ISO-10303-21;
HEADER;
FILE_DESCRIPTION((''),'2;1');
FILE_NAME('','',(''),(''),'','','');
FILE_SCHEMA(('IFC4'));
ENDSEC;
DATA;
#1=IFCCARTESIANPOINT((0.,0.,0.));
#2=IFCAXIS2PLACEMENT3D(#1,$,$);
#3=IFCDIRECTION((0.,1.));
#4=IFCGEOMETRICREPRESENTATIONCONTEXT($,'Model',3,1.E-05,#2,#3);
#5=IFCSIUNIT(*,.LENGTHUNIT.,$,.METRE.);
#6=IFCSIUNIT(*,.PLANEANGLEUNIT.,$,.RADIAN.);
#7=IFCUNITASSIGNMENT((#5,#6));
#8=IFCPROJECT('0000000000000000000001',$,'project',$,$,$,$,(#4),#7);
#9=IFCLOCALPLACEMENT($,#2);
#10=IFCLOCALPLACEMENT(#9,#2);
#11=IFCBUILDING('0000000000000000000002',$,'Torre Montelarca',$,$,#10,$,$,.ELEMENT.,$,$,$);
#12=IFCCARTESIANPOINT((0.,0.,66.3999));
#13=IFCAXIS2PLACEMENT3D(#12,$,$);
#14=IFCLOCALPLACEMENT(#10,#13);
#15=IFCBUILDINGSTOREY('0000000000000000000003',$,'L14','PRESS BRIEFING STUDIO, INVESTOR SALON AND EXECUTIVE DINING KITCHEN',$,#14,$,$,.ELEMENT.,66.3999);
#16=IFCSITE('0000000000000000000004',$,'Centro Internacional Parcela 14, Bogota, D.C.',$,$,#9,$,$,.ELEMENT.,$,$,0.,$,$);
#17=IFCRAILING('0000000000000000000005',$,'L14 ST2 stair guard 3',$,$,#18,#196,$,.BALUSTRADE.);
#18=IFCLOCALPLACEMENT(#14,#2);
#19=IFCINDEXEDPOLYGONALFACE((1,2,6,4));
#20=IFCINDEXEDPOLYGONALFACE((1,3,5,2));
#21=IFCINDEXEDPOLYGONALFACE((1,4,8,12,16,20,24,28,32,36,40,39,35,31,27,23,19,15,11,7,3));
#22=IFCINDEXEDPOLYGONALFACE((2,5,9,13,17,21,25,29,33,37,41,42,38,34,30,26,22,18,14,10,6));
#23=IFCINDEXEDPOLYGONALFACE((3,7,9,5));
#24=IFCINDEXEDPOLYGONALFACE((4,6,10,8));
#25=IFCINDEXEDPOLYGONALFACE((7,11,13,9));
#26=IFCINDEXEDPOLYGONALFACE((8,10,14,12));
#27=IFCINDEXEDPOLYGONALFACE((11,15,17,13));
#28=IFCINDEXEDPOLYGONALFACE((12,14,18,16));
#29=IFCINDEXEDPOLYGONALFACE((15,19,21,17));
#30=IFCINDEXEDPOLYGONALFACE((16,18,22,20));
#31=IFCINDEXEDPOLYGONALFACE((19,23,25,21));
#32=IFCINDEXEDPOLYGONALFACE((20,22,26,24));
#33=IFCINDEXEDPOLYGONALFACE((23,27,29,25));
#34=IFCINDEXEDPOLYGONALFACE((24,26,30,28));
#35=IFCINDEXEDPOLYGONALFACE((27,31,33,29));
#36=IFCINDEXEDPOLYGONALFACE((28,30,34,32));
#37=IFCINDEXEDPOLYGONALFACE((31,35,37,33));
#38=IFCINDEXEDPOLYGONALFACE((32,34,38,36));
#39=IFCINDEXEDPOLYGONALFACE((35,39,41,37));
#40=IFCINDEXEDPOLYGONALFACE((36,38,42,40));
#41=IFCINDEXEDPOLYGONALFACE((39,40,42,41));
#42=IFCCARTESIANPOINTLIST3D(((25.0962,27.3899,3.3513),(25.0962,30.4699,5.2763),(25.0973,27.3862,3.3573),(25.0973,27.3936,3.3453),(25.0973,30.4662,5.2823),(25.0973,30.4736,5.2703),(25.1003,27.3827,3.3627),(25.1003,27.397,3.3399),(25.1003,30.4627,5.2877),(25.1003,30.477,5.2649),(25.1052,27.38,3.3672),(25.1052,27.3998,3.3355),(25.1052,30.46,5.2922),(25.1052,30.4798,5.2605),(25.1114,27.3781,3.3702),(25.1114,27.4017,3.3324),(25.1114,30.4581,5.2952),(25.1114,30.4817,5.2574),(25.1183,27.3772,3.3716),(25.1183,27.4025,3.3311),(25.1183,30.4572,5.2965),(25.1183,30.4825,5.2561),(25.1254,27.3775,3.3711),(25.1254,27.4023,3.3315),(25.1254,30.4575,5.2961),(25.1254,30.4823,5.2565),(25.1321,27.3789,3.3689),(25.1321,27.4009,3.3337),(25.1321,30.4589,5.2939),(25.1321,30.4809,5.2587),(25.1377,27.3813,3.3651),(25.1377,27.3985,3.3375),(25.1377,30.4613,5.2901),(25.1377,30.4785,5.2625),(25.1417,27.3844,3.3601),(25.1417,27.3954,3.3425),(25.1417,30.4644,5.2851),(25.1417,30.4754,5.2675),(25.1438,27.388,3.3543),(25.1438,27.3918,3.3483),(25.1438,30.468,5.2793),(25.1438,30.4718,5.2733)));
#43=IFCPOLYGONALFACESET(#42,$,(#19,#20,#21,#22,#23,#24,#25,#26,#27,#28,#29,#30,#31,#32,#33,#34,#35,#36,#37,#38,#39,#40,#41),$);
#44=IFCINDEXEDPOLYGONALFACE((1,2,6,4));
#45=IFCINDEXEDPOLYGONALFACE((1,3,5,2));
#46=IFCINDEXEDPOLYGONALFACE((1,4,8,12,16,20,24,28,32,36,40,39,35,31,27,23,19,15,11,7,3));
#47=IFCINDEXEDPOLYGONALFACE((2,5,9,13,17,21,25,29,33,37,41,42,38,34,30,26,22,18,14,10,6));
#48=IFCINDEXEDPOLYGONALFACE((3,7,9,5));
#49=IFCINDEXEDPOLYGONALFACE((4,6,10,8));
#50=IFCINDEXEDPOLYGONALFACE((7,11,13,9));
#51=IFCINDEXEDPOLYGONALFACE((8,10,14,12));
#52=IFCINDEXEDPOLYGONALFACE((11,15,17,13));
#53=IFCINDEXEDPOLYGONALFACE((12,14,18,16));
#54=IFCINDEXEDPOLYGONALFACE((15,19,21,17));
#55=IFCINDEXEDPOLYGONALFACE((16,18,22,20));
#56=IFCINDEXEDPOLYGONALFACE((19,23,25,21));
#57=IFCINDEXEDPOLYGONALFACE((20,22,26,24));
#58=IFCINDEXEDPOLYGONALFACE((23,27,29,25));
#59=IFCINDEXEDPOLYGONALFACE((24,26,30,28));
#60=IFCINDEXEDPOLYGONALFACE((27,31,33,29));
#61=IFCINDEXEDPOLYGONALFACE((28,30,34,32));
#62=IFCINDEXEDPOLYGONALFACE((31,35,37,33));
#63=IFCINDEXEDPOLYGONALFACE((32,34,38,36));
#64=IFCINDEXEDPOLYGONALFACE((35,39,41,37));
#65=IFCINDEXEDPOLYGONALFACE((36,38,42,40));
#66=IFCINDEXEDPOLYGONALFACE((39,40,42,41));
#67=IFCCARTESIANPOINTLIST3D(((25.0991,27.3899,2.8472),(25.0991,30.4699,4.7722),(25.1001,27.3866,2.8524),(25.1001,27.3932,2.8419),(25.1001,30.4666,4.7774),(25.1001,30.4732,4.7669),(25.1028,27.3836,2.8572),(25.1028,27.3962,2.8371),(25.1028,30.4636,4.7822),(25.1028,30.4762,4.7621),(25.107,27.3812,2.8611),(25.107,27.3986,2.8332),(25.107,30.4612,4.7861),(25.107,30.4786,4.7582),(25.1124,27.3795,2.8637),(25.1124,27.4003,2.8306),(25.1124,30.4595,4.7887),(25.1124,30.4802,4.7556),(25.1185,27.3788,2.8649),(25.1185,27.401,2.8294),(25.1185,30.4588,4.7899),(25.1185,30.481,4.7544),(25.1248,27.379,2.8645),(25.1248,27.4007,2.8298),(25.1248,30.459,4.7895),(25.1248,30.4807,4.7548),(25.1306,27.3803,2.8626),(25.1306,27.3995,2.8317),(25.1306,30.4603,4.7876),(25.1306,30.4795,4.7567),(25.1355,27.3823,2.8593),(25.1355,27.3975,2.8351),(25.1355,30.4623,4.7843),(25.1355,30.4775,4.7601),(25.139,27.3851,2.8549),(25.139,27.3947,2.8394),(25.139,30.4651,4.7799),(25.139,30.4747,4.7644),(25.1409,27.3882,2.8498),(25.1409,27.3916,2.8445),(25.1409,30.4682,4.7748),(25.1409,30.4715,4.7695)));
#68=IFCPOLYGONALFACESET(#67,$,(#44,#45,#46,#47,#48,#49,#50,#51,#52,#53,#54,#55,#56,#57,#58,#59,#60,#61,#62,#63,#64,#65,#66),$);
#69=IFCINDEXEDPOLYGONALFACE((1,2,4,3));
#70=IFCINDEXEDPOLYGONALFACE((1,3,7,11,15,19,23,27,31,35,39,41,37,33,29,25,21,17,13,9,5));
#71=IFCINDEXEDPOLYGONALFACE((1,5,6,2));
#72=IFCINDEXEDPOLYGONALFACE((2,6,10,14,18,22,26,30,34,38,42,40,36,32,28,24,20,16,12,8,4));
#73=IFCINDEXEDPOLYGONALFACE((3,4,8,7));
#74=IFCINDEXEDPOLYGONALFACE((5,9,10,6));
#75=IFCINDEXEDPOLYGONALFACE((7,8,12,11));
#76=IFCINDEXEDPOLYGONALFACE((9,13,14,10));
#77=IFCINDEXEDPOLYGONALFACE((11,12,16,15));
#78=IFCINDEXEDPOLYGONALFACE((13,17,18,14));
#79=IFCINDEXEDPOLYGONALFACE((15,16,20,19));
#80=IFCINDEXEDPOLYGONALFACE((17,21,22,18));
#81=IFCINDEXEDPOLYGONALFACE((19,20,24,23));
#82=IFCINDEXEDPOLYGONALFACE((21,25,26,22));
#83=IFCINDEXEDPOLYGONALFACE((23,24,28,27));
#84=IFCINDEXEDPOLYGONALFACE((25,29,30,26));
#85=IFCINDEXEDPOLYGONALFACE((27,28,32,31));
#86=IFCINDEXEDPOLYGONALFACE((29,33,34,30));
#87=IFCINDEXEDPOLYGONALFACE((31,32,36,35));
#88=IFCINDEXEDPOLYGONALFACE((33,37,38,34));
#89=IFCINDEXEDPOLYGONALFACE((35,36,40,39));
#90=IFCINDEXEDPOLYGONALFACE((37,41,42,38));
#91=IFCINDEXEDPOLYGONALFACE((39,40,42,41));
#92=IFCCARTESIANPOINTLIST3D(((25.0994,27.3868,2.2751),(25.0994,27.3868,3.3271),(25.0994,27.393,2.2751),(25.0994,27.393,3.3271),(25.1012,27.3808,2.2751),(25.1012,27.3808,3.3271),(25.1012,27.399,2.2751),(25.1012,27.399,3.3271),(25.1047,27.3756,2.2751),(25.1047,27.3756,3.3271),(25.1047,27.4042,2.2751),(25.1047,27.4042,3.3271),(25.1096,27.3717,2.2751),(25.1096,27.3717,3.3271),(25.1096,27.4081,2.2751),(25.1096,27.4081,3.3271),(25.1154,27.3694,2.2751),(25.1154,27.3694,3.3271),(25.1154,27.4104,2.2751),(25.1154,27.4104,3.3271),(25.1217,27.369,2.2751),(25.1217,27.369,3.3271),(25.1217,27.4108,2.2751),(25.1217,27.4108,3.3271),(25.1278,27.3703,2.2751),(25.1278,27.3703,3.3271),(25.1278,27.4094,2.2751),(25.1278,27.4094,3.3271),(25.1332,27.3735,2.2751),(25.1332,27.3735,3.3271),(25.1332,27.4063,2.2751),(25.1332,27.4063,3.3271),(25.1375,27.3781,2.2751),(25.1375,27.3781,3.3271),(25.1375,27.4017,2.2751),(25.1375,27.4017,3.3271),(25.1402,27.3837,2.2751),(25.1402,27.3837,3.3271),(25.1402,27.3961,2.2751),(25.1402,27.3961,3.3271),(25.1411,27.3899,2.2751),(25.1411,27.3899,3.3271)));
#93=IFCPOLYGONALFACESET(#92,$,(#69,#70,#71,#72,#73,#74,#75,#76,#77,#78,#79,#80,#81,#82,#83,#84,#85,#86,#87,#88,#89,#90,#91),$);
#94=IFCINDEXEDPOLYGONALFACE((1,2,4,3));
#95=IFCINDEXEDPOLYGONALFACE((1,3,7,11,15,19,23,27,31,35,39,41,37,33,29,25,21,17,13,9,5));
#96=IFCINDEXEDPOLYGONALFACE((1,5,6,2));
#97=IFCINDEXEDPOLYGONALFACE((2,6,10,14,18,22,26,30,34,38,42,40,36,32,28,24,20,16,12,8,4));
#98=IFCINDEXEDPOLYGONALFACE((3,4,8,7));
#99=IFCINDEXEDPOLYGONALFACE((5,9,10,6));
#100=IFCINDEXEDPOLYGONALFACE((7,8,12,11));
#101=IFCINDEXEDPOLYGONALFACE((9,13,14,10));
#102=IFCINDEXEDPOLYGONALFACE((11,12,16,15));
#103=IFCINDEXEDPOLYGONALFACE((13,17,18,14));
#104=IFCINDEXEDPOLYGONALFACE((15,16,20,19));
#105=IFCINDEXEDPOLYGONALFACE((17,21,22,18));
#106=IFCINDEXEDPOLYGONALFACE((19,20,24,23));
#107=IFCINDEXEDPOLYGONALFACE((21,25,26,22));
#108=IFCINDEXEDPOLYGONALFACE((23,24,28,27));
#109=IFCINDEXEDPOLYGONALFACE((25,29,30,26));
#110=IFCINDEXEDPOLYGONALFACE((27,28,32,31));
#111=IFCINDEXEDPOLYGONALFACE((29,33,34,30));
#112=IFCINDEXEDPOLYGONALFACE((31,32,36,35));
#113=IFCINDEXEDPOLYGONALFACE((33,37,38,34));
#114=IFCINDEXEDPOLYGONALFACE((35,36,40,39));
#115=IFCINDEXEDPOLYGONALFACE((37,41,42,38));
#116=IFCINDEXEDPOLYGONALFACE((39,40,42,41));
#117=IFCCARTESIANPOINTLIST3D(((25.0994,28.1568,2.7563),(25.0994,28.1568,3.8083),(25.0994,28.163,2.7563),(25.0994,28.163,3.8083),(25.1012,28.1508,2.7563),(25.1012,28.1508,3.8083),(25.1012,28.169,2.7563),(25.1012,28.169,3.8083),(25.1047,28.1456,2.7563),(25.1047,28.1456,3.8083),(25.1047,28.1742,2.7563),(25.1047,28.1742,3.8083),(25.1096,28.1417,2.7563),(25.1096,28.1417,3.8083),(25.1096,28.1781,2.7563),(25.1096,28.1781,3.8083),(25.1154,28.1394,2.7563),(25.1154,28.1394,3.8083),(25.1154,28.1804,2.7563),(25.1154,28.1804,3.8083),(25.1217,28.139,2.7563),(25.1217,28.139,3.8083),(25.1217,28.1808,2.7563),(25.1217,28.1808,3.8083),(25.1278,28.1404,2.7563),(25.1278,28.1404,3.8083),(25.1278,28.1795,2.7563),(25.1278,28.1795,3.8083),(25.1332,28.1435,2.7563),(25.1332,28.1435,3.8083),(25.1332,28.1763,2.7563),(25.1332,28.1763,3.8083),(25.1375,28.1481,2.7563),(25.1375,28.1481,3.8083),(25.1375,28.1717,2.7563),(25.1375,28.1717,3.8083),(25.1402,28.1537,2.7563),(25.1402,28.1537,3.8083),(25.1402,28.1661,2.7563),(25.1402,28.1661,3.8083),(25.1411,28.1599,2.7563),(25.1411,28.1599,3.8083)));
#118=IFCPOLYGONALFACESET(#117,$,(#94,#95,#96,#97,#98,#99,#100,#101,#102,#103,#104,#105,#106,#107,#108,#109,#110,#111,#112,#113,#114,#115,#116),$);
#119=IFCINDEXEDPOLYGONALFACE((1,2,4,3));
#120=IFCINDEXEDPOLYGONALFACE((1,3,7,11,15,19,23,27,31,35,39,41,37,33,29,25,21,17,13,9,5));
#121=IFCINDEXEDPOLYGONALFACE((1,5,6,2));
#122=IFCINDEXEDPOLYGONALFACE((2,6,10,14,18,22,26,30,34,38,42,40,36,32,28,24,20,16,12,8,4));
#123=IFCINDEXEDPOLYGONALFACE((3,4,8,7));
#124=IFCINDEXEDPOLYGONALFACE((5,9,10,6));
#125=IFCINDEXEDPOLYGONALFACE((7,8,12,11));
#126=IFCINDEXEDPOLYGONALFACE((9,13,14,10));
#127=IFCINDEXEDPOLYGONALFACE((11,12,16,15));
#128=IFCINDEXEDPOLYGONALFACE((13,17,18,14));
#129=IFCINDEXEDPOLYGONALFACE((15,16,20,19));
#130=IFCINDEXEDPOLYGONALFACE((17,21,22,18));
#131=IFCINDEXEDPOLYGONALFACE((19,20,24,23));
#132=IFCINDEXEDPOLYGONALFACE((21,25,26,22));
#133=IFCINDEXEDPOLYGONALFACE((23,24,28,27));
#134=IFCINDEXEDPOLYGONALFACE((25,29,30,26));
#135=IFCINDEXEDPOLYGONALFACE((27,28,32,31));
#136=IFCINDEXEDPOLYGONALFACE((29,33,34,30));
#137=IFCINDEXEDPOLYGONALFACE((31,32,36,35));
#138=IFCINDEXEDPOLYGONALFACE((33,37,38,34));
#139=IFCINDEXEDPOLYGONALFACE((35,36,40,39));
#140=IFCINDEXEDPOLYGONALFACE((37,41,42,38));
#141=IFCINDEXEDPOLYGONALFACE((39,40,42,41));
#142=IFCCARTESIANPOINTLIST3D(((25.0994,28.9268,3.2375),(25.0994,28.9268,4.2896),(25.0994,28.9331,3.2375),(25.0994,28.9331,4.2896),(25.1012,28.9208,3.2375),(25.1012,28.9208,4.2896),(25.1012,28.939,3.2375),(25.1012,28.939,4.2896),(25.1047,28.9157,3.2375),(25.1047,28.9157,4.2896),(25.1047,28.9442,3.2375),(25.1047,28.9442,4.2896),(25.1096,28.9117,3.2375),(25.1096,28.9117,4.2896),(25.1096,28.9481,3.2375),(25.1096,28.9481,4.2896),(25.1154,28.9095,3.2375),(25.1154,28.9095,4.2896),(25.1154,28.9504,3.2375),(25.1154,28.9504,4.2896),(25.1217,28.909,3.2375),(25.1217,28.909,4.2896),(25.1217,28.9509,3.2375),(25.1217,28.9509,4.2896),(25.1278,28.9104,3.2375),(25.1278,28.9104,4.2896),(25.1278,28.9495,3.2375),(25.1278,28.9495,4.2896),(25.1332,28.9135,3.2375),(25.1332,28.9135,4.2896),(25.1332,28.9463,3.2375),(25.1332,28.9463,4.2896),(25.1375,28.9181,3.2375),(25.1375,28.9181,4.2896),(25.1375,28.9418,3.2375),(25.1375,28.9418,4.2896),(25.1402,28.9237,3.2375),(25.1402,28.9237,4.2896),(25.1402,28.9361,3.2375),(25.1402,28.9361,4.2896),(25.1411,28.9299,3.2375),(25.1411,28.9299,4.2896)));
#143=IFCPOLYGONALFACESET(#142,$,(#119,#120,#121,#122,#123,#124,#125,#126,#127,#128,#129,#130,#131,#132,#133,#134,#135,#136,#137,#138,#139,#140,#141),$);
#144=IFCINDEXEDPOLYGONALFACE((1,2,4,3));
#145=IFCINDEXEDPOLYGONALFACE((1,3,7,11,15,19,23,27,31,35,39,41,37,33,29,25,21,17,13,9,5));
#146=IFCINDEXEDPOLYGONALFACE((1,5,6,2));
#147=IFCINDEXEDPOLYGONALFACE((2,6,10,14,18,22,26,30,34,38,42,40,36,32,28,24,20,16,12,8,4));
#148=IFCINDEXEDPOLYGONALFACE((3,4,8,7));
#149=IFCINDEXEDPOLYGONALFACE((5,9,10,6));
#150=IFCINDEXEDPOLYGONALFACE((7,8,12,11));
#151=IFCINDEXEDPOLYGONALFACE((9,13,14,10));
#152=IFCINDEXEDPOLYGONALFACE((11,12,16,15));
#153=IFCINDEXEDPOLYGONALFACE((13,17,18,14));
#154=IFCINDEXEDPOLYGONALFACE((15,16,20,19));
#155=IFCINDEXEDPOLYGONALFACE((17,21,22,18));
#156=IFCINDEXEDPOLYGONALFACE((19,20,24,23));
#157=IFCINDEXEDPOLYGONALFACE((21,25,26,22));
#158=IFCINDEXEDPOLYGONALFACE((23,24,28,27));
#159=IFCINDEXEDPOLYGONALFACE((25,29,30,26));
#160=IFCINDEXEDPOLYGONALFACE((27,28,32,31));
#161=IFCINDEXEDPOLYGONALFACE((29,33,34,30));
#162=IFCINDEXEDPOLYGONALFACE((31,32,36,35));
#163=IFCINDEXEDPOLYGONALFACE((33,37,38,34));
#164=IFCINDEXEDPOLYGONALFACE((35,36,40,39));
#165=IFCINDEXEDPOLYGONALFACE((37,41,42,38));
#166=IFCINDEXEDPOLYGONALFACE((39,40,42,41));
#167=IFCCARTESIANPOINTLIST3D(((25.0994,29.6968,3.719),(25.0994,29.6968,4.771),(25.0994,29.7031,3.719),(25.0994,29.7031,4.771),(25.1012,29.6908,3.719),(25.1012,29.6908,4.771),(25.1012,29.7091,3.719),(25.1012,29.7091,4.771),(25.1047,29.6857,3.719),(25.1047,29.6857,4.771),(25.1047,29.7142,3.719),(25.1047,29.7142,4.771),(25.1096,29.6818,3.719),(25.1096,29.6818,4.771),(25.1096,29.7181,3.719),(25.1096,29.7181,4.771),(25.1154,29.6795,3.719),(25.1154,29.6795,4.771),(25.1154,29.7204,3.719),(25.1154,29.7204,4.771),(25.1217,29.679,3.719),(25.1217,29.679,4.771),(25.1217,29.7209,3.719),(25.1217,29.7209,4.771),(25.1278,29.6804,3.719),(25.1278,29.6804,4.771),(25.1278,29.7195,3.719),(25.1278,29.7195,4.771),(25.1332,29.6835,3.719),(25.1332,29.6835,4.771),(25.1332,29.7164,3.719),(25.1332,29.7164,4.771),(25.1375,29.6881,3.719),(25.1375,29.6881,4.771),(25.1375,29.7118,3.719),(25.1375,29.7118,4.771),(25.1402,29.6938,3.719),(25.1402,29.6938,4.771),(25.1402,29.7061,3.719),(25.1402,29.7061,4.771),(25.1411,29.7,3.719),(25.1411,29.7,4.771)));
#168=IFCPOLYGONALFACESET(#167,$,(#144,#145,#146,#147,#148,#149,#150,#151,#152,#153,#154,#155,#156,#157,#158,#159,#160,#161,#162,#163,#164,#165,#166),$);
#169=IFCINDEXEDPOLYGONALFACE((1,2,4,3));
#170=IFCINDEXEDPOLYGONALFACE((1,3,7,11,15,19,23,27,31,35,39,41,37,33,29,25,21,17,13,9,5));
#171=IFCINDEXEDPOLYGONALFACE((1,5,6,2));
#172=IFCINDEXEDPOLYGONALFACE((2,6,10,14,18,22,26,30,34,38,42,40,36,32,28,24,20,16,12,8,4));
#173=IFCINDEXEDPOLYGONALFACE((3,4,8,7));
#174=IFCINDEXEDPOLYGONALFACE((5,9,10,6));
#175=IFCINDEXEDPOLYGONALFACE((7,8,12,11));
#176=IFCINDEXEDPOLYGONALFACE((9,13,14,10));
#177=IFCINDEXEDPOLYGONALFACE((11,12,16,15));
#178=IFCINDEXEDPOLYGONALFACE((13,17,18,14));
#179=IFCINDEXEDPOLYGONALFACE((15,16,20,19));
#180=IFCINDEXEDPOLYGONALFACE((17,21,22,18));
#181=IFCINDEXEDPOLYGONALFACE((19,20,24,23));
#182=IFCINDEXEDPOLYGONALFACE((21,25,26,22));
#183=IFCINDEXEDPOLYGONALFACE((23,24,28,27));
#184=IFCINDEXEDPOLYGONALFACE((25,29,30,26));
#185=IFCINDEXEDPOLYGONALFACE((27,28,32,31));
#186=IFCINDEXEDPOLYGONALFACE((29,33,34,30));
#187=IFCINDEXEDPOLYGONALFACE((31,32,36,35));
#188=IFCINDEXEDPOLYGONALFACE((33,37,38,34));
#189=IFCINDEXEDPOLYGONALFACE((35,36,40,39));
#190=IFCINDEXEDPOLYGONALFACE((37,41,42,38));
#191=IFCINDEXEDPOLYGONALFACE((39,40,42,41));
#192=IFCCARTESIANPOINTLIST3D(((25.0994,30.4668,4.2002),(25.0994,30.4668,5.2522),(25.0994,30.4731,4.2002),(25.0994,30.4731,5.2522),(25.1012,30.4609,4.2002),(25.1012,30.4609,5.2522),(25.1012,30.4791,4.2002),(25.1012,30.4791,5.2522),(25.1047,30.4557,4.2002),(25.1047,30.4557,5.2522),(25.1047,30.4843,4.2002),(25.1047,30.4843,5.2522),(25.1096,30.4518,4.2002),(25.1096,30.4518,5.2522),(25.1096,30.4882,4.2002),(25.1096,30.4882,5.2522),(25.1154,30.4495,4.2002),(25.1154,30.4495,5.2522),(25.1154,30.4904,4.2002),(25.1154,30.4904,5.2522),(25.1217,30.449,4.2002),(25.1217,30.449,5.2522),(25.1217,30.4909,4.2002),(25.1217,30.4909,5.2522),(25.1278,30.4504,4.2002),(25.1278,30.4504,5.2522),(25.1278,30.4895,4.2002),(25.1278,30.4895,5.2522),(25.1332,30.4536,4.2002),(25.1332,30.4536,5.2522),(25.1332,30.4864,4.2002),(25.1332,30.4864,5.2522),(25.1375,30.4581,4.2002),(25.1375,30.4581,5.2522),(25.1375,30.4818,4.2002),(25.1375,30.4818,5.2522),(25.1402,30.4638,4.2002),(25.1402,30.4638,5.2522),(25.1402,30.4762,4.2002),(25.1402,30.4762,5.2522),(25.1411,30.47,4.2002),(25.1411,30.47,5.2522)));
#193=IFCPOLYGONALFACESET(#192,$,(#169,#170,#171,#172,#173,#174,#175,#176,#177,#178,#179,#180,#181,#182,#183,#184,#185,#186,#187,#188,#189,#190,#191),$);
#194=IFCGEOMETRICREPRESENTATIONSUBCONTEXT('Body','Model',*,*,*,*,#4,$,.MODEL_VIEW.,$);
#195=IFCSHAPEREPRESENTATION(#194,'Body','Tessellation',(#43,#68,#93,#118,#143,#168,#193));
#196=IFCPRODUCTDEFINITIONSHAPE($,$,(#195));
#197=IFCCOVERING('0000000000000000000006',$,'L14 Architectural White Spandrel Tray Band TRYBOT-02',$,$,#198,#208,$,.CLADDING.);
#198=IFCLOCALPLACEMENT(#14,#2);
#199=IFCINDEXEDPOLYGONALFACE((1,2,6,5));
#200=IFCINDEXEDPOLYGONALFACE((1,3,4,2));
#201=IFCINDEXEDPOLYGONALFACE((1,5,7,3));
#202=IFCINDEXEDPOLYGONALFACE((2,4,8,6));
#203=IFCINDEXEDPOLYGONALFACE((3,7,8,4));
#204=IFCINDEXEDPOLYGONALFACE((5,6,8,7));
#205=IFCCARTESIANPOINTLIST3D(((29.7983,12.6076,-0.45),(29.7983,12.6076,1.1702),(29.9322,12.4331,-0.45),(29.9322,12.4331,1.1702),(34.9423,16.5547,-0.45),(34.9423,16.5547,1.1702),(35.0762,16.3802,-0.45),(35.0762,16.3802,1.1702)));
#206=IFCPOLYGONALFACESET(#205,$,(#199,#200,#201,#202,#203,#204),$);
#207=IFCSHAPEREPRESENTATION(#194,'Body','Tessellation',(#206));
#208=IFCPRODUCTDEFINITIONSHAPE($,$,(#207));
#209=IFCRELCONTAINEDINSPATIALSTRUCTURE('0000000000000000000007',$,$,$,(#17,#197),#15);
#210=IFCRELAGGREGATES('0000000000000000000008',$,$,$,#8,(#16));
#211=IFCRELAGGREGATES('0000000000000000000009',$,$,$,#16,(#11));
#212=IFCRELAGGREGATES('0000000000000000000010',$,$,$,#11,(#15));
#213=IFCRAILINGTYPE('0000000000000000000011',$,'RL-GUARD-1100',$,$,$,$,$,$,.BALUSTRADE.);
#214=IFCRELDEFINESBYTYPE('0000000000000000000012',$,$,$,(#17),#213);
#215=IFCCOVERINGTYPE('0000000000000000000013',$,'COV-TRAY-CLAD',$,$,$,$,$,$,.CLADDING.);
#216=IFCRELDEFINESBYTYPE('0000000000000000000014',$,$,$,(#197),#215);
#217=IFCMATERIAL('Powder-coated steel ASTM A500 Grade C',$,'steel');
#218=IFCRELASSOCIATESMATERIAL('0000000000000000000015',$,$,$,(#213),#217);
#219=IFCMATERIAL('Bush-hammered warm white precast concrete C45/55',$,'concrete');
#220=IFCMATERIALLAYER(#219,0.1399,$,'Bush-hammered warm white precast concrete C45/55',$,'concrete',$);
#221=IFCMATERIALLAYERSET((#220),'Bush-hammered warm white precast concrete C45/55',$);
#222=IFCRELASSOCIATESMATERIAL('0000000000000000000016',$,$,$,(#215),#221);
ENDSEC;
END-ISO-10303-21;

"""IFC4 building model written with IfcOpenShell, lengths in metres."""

from ifc_helpers import new_model, si_unit, direction, frame, origin, origin_2d, place, context, subcontext, project, spatial, rectangle, circle, extrude, source, transform, mapped, material, layer, layer_set, type_object, element, save


model = new_model("IFC4")

# Units and contexts
model_context = context("Model", 3, precision=1e-05, world=origin(), true_north=direction((0.0, 1.0)))
body_context = subcontext(model_context, "Body", "Model", "MODEL_VIEW")
ifc_project = project(units=[si_unit("LENGTHUNIT", "METRE"), si_unit("PLANEANGLEUNIT", "RADIAN")], contexts=[model_context])

# Site, building, storey
site_placement = place(None, origin())
site = spatial("IfcSite", under=ifc_project, at=site_placement, Name="Centro Internacional Parcela 14, Bogota, D.C.", CompositionType="ELEMENT", RefElevation=0.0)
building_placement = place(site_placement, origin())
building = spatial("IfcBuilding", under=site, at=building_placement, Name="Torre Montelarca", CompositionType="ELEMENT")
storey_placement = place(building_placement, frame((0.0, 0.0, 66.3999)))
storey = spatial("IfcBuildingStorey", under=building, at=storey_placement, Name="L14", Description="PRESS BRIEFING STUDIO, INVESTOR SALON AND EXECUTIVE DINING KITCHEN", CompositionType="ELEMENT", Elevation=66.3999)

# Railing
ifc_material_1 = material(Name="Powder-coated steel ASTM A500 Grade C", Category="steel")
railing_type = type_object("IfcRailingType", Name="RL-GUARD-1100", PredefinedType="BALUSTRADE", material=ifc_material_1)
railing_1_placement = place(storey_placement, frame((25.1201, 27.3899, 2.2751)))
element("IfcRailing", 1, at=railing_1_placement, inside=storey, type_object=railing_type, Name="L14 ST2 stair guard 3", PredefinedType="BALUSTRADE", context=body_context, shape_type="SweptSolid", body=[
    extrude(circle(Radius=0.0239, at=origin_2d()), frame((0.0, 0.0, 1.0762), z_axis=(0.0, 0.847998, 0.529999), x_axis=(-1.0, 0.0, 0.0)), (0.0, 0.0, 1.0), 3.6321),
    extrude(circle(Radius=0.021, at=origin_2d()), frame((0.0, 0.0, 0.572), z_axis=(0.0, 0.847998, 0.529999), x_axis=(-1.0, 0.0, 0.0)), (0.0, 0.0, 1.0), 3.6321),
    extrude(circle(Radius=0.021, at=origin_2d()), origin(), (0.0, 0.0, 1.0), 1.052),
    extrude(circle(Radius=0.021, at=origin_2d()), frame((0.0, 0.77, 0.4812)), (0.0, 0.0, 1.0), 1.052),
    extrude(circle(Radius=0.021, at=origin_2d()), frame((0.0, 1.54, 0.9624)), (0.0, 0.0, 1.0), 1.052),
    extrude(circle(Radius=0.021, at=origin_2d()), frame((0.0, 2.3101, 1.4438)), (0.0, 0.0, 1.0), 1.052),
    extrude(circle(Radius=0.021, at=origin_2d()), frame((0.0, 3.0801, 1.925)), (0.0, 0.0, 1.0), 1.052),
])

# Covering
ifc_material_2 = material(Name="Bush-hammered warm white precast concrete C45/55", Category="concrete")
ifc_layer_1 = layer(ifc_material_2, 0.1399, Name="Bush-hammered warm white precast concrete C45/55", Category="concrete")
ifc_layer_set_1 = layer_set([ifc_layer_1], Name="Bush-hammered warm white precast concrete C45/55")
covering_type = type_object("IfcCoveringType", Name="COV-TRAY-CLAD", PredefinedType="CLADDING", material=ifc_layer_set_1)
shared_shape_1 = source(origin(), body_context, "Body", "SweptSolid", [
    extrude(rectangle(XDim=6.4839, YDim=0.22, at=origin_2d()), origin(), (0.0, 0.0, 1.0), 1.6201),
])
covering_placement = place(storey_placement, frame((32.4373, 14.4939, -0.45), z_axis=(0.0, 0.0, 1.0), x_axis=(0.793352, 0.608763, 0.0)))
element("IfcCovering", 2, at=covering_placement, inside=storey, type_object=covering_type, Name="L14 Architectural White Spandrel Tray Band TRYBOT-02", PredefinedType="CLADDING", context=body_context, shape_type="MappedRepresentation", body=[
    mapped(shared_shape_1, transform((0.0, 0.0, 0.0), scale=1.0)),
])

save(model, "model.ifc")
